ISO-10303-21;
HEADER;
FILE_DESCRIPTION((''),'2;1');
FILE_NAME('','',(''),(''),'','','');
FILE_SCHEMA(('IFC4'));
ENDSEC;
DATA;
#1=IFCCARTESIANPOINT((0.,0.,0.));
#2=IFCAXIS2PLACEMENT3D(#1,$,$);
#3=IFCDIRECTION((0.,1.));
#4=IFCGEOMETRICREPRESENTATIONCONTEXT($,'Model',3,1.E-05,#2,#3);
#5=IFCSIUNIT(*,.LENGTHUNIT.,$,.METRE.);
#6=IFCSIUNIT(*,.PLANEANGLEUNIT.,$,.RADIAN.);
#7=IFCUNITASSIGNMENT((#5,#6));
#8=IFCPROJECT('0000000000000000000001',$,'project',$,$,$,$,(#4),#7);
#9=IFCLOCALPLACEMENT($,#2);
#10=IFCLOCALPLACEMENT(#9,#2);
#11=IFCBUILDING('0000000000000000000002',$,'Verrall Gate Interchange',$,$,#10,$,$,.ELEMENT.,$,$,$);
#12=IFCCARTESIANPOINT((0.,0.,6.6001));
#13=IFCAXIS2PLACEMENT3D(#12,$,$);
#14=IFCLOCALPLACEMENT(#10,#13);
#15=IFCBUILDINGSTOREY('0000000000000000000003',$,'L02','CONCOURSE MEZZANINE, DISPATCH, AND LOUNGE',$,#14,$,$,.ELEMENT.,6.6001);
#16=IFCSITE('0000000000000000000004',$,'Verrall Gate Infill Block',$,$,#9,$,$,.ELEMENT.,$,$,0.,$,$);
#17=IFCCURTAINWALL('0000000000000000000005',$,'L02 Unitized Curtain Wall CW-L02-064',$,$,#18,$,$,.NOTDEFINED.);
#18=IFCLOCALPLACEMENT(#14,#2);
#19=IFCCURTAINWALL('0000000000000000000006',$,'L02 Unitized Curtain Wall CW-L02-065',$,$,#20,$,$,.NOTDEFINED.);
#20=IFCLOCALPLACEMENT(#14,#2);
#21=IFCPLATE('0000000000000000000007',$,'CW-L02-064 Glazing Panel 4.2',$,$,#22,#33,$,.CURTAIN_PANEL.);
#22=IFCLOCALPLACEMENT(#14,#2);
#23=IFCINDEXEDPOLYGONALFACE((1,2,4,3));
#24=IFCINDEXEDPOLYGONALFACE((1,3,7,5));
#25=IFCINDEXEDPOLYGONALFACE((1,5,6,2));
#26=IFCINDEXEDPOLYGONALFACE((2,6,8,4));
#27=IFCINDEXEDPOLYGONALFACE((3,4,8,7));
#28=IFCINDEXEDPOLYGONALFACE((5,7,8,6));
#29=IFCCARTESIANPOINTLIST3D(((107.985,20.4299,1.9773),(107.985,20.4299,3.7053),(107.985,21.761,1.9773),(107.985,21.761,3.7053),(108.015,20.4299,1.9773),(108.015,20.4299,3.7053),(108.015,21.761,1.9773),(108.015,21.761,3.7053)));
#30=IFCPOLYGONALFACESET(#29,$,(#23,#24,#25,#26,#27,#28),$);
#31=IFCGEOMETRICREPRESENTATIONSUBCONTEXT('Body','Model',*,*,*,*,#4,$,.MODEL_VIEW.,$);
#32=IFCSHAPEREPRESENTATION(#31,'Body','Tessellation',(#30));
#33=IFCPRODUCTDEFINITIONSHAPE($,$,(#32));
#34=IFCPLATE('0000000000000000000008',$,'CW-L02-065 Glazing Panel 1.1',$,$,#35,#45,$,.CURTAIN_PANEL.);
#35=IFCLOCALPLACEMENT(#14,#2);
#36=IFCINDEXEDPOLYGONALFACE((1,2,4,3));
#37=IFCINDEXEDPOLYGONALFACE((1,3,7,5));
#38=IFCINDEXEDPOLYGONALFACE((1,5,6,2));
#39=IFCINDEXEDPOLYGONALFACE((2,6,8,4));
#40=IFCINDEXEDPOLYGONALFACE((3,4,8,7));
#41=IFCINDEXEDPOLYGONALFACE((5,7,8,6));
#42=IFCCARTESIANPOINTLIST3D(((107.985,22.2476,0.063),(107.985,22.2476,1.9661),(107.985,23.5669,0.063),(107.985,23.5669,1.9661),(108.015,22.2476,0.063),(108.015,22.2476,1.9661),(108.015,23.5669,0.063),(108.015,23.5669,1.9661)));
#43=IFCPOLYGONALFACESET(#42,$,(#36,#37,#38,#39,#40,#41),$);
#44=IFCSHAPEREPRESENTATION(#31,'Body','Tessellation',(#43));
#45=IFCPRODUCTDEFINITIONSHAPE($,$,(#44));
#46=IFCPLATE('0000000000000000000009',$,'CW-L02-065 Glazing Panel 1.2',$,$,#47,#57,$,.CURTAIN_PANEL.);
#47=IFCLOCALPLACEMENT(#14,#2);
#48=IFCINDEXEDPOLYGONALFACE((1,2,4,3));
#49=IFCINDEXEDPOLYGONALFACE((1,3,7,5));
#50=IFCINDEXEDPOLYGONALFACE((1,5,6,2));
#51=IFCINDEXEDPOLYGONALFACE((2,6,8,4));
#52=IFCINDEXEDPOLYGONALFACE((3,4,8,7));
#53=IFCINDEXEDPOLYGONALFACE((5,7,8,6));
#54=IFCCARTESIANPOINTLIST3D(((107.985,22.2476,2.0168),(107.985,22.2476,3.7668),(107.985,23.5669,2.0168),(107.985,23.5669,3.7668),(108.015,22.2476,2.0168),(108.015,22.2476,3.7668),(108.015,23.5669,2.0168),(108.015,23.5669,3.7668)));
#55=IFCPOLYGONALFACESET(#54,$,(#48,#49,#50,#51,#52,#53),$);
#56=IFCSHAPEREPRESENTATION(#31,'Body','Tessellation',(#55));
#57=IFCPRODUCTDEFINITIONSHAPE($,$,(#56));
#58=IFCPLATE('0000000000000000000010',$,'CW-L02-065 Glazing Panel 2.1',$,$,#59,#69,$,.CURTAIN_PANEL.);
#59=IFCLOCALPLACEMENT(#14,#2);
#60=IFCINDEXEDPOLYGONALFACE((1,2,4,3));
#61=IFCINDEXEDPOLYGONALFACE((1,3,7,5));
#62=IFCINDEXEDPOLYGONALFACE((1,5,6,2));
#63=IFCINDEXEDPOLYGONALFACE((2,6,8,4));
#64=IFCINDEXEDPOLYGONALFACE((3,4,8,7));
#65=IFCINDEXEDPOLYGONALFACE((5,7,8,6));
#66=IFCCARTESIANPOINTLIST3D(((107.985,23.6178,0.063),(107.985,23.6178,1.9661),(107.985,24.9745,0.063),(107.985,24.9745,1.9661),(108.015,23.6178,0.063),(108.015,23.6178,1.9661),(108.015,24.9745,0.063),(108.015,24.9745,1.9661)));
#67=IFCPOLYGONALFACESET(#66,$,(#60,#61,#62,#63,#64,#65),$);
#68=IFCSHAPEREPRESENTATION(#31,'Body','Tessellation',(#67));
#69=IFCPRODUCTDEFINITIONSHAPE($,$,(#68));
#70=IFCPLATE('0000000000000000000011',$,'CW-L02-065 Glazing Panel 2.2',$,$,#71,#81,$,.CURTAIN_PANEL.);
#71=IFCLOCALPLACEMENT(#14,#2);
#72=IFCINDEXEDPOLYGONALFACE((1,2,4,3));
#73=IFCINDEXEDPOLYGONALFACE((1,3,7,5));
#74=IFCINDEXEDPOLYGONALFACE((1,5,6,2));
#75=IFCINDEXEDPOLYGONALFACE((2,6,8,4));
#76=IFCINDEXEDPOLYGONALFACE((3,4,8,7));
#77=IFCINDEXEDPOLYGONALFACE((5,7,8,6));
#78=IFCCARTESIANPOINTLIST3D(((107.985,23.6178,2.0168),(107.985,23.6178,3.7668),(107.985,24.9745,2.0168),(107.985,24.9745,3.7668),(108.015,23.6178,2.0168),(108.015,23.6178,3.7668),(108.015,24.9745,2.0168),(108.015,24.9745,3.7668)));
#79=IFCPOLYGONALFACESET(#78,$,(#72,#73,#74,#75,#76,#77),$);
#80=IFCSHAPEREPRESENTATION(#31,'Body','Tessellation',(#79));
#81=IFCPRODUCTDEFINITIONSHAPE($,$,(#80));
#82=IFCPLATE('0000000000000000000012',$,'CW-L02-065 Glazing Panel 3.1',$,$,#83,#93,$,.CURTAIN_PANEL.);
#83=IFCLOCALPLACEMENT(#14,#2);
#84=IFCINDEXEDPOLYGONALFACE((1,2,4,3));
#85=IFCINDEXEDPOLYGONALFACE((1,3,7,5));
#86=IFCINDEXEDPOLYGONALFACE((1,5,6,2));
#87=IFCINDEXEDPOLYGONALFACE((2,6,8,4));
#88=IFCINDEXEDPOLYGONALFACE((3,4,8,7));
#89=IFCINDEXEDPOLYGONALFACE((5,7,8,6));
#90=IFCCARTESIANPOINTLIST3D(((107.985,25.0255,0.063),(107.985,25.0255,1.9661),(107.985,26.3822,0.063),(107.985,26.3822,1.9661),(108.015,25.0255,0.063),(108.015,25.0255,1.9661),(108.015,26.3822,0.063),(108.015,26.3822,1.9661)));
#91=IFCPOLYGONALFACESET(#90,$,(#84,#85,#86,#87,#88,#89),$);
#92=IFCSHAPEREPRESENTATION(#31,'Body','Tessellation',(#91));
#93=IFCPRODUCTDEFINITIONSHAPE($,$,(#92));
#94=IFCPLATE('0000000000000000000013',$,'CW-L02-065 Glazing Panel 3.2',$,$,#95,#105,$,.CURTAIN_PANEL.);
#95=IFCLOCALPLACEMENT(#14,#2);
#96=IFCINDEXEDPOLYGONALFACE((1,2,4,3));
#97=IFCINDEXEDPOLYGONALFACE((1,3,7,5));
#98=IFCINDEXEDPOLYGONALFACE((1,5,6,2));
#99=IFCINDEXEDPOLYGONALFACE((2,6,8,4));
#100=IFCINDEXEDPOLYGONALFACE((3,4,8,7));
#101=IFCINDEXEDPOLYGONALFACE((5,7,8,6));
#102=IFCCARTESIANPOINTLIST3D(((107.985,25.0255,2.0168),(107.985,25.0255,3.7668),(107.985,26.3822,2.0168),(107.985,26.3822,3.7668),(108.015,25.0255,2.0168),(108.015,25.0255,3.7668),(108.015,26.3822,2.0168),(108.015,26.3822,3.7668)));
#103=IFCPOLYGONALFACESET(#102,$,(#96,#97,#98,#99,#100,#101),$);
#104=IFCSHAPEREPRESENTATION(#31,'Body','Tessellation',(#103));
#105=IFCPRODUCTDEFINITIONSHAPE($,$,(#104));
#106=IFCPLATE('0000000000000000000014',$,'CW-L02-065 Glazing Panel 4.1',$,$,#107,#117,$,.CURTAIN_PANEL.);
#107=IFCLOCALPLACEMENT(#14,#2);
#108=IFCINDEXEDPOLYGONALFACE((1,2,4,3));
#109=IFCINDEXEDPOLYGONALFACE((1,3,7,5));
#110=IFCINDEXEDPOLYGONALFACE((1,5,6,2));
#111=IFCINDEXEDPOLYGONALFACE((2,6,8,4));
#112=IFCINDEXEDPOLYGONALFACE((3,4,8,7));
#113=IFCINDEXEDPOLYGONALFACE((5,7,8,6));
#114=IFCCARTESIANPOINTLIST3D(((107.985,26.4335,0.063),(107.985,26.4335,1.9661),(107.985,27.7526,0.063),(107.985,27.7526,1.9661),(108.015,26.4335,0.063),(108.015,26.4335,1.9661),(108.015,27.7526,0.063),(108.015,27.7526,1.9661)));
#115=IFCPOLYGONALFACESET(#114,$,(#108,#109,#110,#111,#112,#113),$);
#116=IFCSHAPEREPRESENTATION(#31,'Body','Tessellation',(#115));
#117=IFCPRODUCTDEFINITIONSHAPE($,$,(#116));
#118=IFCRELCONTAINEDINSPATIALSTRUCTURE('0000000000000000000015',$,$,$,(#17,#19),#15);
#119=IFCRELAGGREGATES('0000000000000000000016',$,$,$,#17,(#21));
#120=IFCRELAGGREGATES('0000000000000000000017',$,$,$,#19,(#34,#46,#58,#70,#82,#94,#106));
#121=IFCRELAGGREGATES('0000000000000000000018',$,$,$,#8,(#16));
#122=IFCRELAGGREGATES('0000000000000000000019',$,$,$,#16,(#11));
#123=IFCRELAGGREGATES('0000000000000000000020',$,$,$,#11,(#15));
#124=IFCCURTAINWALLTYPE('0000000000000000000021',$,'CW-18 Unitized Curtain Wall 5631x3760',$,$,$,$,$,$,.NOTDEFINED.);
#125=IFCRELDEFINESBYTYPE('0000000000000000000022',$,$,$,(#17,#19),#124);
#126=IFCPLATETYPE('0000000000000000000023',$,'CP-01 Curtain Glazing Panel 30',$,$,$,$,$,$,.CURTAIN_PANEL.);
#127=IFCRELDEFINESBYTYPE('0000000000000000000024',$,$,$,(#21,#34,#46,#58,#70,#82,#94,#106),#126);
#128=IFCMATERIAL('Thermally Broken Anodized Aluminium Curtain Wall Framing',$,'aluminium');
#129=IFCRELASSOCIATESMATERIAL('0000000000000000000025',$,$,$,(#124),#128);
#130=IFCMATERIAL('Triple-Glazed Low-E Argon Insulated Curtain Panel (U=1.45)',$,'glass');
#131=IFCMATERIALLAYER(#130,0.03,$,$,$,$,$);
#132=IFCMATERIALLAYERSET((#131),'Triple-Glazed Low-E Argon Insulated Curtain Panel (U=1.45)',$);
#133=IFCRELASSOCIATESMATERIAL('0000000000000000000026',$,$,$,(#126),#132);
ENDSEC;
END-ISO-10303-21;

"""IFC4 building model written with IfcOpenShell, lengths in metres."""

from ifc_helpers import new_model, si_unit, direction, frame, origin, origin_2d, place, context, subcontext, project, spatial, rectangle, extrude, material, layer, layer_set, type_object, element, aggregate, save


model = new_model("IFC4")

# Units and contexts
model_context = context("Model", 3, precision=1e-05, world=origin(), true_north=direction((0.0, 1.0)))
body_context = subcontext(model_context, "Body", "Model", "MODEL_VIEW")
ifc_project = project(units=[si_unit("LENGTHUNIT", "METRE"), si_unit("PLANEANGLEUNIT", "RADIAN")], contexts=[model_context])

# Site, building, storey
site_placement = place(None, origin())
site = spatial("IfcSite", under=ifc_project, at=site_placement, Name="Verrall Gate Infill Block", CompositionType="ELEMENT", RefElevation=0.0)
building_placement = place(site_placement, origin())
building = spatial("IfcBuilding", under=site, at=building_placement, Name="Verrall Gate Interchange", CompositionType="ELEMENT")
storey_placement = place(building_placement, frame((0.0, 0.0, 6.6001)))
storey = spatial("IfcBuildingStorey", under=building, at=storey_placement, Name="L02", Description="CONCOURSE MEZZANINE, DISPATCH, AND LOUNGE", CompositionType="ELEMENT", Elevation=6.6001)

# Curtain walls
ifc_material_1 = material(Name="Thermally Broken Anodized Aluminium Curtain Wall Framing", Category="aluminium")
curtain_wall_type = type_object("IfcCurtainWallType", Name="CW-18 Unitized Curtain Wall 5631x3760", PredefinedType="NOTDEFINED", material=ifc_material_1)
curtain_wall_1_placement = place(storey_placement, origin())
curtain_wall_1 = element("IfcCurtainWall", 1, at=curtain_wall_1_placement, inside=storey, type_object=curtain_wall_type, Name="L02 Unitized Curtain Wall CW-L02-064", PredefinedType="NOTDEFINED")
curtain_wall_2_placement = place(storey_placement, origin())
curtain_wall_2 = element("IfcCurtainWall", 2, at=curtain_wall_2_placement, inside=storey, type_object=curtain_wall_type, Name="L02 Unitized Curtain Wall CW-L02-065", PredefinedType="NOTDEFINED")

# Plates
ifc_material_2 = material(Name="Triple-Glazed Low-E Argon Insulated Curtain Panel (U=1.45)", Category="glass")
ifc_layer_1 = layer(ifc_material_2, 0.03)
ifc_layer_set_1 = layer_set([ifc_layer_1], Name="Triple-Glazed Low-E Argon Insulated Curtain Panel (U=1.45)")
plate_type_1 = type_object("IfcPlateType", Name="CP-01 Curtain Glazing Panel 30", PredefinedType="CURTAIN_PANEL", material=ifc_layer_set_1)
plate_1_placement = place(storey_placement, frame((108.0, 21.0955, 1.9773), z_axis=(0.0, 0.0, 1.0), x_axis=(0.0, 1.0, 0.0)))
plate_1 = element("IfcPlate", 3, at=plate_1_placement, type_object=plate_type_1, Name="CW-L02-064 Glazing Panel 4.2", PredefinedType="CURTAIN_PANEL", context=body_context, shape_type="SweptSolid", body=[
    extrude(rectangle(XDim=1.3311, YDim=0.03, at=origin_2d()), origin(), (0.0, 0.0, 1.0), 1.728),
])
aggregate(curtain_wall_1, [plate_1])
plate_2_placement = place(storey_placement, frame((108.0, 22.9072, 0.063), z_axis=(0.0, 0.0, 1.0), x_axis=(0.0, 1.0, 0.0)))
plate_2 = element("IfcPlate", 4, at=plate_2_placement, type_object=plate_type_1, Name="CW-L02-065 Glazing Panel 1.1", PredefinedType="CURTAIN_PANEL", context=body_context, shape_type="SweptSolid", body=[
    extrude(rectangle(XDim=1.3193, YDim=0.03, at=origin_2d()), origin(), (0.0, 0.0, 1.0), 1.9031),
])
plate_3_placement = place(storey_placement, frame((108.0, 22.9072, 2.0168), z_axis=(0.0, 0.0, 1.0), x_axis=(0.0, 1.0, 0.0)))
plate_3 = element("IfcPlate", 5, at=plate_3_placement, type_object=plate_type_1, Name="CW-L02-065 Glazing Panel 1.2", PredefinedType="CURTAIN_PANEL", context=body_context, shape_type="SweptSolid", body=[
    extrude(rectangle(XDim=1.3193, YDim=0.03, at=origin_2d()), origin(), (0.0, 0.0, 1.0), 1.75),
])
plate_4_placement = place(storey_placement, frame((108.0, 24.2961, 0.063), z_axis=(0.0, 0.0, 1.0), x_axis=(0.0, 1.0, 0.0)))
plate_4 = element("IfcPlate", 6, at=plate_4_placement, type_object=plate_type_1, Name="CW-L02-065 Glazing Panel 2.1", PredefinedType="CURTAIN_PANEL", context=body_context, shape_type="SweptSolid", body=[
    extrude(rectangle(XDim=1.3567, YDim=0.03, at=origin_2d()), origin(), (0.0, 0.0, 1.0), 1.9031),
])
plate_5_placement = place(storey_placement, frame((108.0, 24.2961, 2.0168), z_axis=(0.0, 0.0, 1.0), x_axis=(0.0, 1.0, 0.0)))
plate_5 = element("IfcPlate", 7, at=plate_5_placement, type_object=plate_type_1, Name="CW-L02-065 Glazing Panel 2.2", PredefinedType="CURTAIN_PANEL", context=body_context, shape_type="SweptSolid", body=[
    extrude(rectangle(XDim=1.3567, YDim=0.03, at=origin_2d()), origin(), (0.0, 0.0, 1.0), 1.75),
])
plate_6_placement = place(storey_placement, frame((108.0, 25.7039, 0.063), z_axis=(0.0, 0.0, 1.0), x_axis=(0.0, 1.0, 0.0)))
plate_6 = element("IfcPlate", 8, at=plate_6_placement, type_object=plate_type_1, Name="CW-L02-065 Glazing Panel 3.1", PredefinedType="CURTAIN_PANEL", context=body_context, shape_type="SweptSolid", body=[
    extrude(rectangle(XDim=1.3567, YDim=0.03, at=origin_2d()), origin(), (0.0, 0.0, 1.0), 1.9031),
])
plate_7_placement = place(storey_placement, frame((108.0, 25.7039, 2.0168), z_axis=(0.0, 0.0, 1.0), x_axis=(0.0, 1.0, 0.0)))
plate_7 = element("IfcPlate", 9, at=plate_7_placement, type_object=plate_type_1, Name="CW-L02-065 Glazing Panel 3.2", PredefinedType="CURTAIN_PANEL", context=body_context, shape_type="SweptSolid", body=[
    extrude(rectangle(XDim=1.3567, YDim=0.03, at=origin_2d()), origin(), (0.0, 0.0, 1.0), 1.75),
])
plate_8_placement = place(storey_placement, frame((108.0, 27.093, 0.063), z_axis=(0.0, 0.0, 1.0), x_axis=(0.0, 1.0, 0.0)))
plate_8 = element("IfcPlate", 10, at=plate_8_placement, type_object=plate_type_1, Name="CW-L02-065 Glazing Panel 4.1", PredefinedType="CURTAIN_PANEL", context=body_context, shape_type="SweptSolid", body=[
    extrude(rectangle(XDim=1.3191, YDim=0.03, at=origin_2d()), origin(), (0.0, 0.0, 1.0), 1.9031),
])
aggregate(curtain_wall_2, [plate_2, plate_3, plate_4, plate_5, plate_6, plate_7, plate_8])

save(model, "model.ifc")
